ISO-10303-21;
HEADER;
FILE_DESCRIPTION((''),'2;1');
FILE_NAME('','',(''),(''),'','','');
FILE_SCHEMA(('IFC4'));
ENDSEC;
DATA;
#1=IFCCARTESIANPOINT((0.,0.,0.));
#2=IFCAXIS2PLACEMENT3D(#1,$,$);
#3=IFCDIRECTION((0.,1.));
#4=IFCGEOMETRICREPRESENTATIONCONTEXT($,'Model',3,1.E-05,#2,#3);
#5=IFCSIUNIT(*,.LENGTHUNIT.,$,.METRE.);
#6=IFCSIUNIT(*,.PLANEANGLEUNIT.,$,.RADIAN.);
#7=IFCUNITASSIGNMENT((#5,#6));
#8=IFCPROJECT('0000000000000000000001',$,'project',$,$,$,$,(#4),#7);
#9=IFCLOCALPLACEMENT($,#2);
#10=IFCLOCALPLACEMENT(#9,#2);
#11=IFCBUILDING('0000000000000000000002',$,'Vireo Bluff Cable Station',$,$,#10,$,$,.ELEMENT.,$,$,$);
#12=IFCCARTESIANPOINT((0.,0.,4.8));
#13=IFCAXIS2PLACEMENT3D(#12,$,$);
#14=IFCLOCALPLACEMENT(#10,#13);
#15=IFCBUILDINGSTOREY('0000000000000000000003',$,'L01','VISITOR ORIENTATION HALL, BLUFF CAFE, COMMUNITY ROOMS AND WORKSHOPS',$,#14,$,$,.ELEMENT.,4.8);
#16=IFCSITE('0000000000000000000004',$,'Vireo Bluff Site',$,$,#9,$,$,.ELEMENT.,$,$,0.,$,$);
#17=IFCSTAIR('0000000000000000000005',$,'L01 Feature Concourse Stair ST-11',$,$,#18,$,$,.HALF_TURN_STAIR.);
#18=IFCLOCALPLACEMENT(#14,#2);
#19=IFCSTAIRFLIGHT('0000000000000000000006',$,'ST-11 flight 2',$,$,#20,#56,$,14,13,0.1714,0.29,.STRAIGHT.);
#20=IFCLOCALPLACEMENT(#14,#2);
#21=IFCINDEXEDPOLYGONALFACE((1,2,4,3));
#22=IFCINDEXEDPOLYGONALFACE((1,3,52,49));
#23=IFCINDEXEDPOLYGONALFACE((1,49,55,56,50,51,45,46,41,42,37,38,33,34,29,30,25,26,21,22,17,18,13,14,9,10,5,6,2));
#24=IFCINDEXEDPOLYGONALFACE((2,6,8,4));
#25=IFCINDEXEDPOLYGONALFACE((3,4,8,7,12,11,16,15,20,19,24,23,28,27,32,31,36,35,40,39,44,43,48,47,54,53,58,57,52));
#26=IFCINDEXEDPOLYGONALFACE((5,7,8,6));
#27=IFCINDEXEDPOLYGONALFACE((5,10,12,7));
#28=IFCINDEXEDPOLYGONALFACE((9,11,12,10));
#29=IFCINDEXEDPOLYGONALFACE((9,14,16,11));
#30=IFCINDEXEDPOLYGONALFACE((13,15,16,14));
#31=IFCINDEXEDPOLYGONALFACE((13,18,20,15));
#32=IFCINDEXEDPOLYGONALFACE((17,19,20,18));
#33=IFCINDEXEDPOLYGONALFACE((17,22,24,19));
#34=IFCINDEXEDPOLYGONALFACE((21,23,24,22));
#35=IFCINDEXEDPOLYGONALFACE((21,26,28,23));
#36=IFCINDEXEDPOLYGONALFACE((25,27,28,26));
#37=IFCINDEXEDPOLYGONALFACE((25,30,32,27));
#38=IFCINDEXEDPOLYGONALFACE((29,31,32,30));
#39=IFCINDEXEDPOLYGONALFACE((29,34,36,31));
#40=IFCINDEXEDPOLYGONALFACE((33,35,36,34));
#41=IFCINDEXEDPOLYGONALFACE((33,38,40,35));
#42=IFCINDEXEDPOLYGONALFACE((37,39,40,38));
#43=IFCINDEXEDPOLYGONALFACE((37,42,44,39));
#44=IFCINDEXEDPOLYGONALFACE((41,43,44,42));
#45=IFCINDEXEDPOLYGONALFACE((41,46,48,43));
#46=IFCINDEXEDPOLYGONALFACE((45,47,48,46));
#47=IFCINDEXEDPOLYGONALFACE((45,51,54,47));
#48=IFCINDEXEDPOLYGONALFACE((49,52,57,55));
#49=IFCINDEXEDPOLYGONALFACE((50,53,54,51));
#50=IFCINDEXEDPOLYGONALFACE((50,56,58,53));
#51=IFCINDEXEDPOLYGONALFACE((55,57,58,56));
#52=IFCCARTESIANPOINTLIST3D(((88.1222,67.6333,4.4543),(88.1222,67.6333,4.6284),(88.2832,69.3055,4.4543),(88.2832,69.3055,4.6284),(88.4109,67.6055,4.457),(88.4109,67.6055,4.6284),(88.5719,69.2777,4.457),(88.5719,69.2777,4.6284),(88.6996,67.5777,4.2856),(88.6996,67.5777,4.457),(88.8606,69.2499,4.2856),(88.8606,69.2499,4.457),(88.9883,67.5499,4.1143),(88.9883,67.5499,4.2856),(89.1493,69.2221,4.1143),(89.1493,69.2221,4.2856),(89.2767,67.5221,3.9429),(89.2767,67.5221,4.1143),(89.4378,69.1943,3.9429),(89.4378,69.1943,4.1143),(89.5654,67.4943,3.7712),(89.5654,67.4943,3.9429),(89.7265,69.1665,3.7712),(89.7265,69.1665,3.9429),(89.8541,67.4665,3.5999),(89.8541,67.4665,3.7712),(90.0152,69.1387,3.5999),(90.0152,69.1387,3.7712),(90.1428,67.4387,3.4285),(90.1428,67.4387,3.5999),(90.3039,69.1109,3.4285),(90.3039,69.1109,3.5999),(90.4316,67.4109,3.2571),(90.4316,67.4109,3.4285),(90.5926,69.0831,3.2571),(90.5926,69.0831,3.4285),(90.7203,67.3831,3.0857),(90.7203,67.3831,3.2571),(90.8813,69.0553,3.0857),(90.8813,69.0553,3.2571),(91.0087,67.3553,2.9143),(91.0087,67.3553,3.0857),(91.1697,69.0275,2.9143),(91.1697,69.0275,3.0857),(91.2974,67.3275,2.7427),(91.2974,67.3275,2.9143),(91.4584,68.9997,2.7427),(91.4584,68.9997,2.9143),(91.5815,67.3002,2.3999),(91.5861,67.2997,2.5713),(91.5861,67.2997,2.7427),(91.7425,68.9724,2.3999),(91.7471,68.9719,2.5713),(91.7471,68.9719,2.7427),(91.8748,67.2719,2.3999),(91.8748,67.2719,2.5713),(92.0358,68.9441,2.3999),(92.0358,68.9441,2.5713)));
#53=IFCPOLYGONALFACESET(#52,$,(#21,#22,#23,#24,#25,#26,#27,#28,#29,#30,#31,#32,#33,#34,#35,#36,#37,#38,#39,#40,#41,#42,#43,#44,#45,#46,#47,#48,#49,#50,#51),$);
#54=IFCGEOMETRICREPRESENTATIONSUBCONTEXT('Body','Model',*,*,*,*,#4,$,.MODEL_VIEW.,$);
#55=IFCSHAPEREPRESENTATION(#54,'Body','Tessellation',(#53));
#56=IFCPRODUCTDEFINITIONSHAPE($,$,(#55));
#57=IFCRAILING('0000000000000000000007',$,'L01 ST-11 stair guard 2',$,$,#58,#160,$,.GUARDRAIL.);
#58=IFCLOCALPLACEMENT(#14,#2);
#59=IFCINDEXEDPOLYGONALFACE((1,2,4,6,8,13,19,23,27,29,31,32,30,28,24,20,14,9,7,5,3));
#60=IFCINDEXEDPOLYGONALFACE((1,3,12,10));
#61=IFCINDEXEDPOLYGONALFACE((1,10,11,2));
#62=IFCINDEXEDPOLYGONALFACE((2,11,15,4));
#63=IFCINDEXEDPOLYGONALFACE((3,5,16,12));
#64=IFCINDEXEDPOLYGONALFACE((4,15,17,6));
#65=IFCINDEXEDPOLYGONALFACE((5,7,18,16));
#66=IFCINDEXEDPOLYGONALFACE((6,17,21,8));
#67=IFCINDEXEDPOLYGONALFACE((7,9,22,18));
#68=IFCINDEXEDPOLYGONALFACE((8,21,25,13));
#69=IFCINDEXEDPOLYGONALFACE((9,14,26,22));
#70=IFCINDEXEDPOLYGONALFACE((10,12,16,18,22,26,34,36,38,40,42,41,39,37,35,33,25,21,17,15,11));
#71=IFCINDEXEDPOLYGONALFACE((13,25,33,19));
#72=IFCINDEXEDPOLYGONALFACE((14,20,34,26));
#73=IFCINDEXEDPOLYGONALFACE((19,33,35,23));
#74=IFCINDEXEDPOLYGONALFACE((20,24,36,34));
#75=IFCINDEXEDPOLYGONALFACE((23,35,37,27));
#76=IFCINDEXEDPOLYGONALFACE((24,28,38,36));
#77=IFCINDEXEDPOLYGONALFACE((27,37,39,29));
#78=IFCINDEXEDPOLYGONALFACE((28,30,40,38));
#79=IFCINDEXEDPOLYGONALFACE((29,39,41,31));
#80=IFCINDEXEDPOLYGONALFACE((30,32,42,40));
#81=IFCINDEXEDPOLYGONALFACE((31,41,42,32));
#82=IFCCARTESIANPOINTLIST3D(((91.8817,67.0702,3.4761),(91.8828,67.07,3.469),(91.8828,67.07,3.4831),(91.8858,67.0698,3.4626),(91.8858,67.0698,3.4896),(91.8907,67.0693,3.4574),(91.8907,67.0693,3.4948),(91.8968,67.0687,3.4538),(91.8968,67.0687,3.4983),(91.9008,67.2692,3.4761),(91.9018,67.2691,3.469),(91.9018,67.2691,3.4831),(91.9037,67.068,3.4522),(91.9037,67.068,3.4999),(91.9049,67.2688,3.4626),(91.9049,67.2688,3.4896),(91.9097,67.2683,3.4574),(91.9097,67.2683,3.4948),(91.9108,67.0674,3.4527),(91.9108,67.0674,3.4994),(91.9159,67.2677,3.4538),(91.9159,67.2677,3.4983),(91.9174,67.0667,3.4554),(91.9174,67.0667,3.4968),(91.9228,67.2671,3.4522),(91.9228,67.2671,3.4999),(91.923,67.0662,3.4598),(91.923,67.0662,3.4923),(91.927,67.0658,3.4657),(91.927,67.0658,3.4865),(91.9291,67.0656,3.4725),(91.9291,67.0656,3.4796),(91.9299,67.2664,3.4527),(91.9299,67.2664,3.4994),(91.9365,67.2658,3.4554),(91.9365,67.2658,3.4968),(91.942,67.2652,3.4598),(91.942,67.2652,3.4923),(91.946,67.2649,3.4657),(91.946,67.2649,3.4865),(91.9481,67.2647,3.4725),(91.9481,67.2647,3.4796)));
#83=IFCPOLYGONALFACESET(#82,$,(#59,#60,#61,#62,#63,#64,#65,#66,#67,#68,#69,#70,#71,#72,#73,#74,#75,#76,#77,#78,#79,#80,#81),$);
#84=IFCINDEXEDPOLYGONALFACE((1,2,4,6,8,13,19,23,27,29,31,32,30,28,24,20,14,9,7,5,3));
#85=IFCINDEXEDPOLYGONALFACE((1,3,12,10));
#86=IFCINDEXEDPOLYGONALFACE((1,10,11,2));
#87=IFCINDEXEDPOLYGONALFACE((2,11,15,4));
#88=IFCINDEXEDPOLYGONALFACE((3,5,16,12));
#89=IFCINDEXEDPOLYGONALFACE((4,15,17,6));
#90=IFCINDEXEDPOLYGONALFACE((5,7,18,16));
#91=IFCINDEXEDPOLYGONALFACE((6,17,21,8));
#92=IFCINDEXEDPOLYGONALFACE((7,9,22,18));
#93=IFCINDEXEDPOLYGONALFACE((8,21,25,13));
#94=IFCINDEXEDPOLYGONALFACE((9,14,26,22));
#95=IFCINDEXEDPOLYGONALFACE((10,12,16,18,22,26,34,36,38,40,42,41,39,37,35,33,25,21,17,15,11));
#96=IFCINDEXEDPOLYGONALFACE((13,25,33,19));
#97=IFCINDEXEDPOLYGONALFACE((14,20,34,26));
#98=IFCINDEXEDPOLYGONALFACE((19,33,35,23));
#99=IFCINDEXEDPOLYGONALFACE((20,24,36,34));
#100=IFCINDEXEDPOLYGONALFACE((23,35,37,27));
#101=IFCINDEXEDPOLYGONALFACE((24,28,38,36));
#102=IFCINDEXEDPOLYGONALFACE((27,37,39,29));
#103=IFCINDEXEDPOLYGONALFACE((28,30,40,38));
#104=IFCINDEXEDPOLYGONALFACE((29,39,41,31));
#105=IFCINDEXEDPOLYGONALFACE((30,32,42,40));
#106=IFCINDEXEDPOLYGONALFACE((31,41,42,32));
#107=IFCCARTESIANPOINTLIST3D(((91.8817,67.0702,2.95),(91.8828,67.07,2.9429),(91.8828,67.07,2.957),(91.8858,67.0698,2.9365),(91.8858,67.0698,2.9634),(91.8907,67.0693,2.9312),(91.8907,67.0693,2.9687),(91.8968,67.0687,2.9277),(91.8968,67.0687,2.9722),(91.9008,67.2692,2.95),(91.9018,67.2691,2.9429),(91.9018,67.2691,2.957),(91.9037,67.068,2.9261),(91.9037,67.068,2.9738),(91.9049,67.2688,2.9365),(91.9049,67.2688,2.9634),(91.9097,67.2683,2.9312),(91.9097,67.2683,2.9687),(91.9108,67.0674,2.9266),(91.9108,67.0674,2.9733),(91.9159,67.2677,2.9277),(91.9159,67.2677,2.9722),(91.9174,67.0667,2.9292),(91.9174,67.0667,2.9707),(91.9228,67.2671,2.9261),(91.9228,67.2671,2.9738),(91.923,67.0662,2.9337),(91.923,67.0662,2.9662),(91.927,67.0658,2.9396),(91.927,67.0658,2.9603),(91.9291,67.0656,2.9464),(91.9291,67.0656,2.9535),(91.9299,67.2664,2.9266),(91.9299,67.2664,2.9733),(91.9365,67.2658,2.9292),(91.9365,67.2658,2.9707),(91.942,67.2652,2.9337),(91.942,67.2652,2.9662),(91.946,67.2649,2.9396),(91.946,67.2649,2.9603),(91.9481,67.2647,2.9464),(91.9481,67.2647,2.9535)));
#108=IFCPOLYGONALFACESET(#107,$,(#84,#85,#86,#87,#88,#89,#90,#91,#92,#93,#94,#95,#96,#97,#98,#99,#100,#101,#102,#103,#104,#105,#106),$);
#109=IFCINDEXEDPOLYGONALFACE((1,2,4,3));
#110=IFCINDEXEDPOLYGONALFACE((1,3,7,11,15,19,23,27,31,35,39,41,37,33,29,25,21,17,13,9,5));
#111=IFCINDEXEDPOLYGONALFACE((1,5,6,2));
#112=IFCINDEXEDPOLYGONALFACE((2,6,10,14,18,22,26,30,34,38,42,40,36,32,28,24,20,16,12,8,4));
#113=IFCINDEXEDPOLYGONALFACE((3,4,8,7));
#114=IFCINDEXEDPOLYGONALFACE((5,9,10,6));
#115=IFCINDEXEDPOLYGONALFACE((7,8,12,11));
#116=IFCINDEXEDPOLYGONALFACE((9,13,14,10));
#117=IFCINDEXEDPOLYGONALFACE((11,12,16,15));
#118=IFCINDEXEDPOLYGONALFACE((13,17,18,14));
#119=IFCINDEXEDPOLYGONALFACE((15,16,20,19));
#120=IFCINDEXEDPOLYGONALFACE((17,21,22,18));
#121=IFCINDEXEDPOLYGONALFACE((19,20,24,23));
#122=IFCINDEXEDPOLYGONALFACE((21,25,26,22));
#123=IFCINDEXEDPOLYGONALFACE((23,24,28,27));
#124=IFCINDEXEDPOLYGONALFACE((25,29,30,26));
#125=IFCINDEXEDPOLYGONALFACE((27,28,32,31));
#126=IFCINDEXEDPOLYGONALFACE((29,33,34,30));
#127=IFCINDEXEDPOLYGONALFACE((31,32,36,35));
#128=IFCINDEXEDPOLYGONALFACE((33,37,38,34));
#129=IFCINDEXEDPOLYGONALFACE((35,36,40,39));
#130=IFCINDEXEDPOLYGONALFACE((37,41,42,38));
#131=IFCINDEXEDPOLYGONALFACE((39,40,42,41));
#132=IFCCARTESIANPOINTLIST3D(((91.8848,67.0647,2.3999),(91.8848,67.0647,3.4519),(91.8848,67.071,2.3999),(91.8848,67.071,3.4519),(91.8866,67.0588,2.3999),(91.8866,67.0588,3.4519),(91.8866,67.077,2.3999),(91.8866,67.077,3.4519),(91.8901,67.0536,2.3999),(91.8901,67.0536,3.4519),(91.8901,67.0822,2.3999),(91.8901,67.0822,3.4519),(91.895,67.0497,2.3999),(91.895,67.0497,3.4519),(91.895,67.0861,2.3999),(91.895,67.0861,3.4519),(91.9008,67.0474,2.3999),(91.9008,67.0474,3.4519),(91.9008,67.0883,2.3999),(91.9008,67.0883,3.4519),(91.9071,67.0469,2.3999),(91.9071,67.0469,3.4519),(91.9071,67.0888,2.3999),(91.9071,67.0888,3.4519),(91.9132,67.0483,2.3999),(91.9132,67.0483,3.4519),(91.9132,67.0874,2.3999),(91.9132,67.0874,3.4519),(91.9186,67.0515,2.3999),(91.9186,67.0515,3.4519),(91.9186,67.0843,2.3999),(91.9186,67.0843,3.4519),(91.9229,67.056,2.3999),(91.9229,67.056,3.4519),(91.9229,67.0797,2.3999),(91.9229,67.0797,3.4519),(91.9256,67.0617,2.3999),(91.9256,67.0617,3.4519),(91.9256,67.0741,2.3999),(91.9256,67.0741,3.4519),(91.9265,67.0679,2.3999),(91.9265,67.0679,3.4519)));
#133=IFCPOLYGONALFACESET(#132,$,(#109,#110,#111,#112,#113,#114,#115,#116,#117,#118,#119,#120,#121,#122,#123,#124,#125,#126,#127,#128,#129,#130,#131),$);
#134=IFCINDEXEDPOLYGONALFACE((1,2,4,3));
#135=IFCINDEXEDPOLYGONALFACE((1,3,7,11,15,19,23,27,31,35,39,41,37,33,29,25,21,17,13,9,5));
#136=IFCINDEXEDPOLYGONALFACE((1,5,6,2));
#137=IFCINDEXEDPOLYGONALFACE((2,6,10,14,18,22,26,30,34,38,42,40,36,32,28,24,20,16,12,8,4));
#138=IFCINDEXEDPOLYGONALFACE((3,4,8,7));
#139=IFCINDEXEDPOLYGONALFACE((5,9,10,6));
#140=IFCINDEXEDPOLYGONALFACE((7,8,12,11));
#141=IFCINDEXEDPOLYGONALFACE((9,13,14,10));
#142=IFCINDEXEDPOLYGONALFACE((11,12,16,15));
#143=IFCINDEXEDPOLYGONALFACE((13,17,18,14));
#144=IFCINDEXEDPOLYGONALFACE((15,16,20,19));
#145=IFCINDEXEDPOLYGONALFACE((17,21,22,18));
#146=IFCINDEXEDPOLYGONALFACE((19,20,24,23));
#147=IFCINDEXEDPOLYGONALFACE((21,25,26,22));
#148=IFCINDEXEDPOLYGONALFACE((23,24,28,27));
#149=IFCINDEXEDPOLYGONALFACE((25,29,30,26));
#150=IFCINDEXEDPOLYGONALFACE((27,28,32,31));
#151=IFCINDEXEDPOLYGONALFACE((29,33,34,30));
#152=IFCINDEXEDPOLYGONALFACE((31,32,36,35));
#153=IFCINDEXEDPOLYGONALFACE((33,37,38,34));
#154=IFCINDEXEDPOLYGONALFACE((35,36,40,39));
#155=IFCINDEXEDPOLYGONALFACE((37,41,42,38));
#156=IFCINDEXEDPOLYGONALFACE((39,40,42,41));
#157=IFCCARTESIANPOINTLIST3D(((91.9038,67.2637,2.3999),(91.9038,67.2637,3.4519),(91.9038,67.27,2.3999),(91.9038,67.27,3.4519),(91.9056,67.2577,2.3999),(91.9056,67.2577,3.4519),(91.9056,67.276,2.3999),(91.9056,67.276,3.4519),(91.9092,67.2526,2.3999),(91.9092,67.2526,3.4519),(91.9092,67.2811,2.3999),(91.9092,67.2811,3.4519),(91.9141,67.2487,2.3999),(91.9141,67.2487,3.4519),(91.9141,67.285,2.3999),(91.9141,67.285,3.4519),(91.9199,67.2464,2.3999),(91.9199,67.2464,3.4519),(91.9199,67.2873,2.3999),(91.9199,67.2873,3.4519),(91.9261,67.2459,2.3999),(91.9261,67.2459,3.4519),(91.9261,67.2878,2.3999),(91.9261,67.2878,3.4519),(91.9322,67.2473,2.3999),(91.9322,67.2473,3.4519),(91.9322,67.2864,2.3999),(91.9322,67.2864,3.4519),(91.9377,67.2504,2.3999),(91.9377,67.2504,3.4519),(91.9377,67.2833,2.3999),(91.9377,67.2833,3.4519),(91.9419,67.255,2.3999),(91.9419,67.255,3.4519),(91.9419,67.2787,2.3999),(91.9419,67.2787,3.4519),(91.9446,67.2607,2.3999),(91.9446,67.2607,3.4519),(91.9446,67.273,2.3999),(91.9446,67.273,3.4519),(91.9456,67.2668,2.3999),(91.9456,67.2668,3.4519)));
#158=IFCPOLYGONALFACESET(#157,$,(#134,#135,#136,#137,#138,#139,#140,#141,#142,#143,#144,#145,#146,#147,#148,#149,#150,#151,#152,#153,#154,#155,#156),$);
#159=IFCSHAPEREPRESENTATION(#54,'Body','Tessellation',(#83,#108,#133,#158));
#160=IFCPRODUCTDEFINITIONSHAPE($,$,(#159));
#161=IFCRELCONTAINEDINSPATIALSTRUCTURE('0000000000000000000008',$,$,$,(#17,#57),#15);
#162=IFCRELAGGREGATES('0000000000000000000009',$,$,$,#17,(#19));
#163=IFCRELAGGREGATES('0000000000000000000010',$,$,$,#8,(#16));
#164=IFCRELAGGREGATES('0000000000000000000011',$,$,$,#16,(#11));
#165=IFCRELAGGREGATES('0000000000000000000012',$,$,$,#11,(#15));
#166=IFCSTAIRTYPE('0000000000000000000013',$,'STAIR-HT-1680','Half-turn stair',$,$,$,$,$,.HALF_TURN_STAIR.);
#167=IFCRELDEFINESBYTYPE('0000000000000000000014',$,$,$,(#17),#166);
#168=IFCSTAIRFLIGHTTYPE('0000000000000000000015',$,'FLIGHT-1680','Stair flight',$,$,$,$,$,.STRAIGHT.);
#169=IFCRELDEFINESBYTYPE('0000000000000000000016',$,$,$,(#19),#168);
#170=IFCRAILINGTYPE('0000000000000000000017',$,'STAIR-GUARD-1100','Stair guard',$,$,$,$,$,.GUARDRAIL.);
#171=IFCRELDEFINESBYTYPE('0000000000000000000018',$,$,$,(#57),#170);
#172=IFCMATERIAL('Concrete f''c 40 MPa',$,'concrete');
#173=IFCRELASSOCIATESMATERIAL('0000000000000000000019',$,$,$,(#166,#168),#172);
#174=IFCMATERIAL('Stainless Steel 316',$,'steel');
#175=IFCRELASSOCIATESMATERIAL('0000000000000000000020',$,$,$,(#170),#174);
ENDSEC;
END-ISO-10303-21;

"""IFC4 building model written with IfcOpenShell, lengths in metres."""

from ifc_helpers import new_model, si_unit, direction, frame, origin, origin_2d, place, context, subcontext, project, spatial, polyline, circle, outline, extrude, material, type_object, element, aggregate, save


model = new_model("IFC4")

# Units and contexts
model_context = context("Model", 3, precision=1e-05, world=origin(), true_north=direction((0.0, 1.0)))
body_context = subcontext(model_context, "Body", "Model", "MODEL_VIEW")
ifc_project = project(units=[si_unit("LENGTHUNIT", "METRE"), si_unit("PLANEANGLEUNIT", "RADIAN")], contexts=[model_context])

# Site, building, storey
site_placement = place(None, origin())
site = spatial("IfcSite", under=ifc_project, at=site_placement, Name="Vireo Bluff Site", CompositionType="ELEMENT", RefElevation=0.0)
building_placement = place(site_placement, origin())
building = spatial("IfcBuilding", under=site, at=building_placement, Name="Vireo Bluff Cable Station", CompositionType="ELEMENT")
storey_placement = place(building_placement, frame((0.0, 0.0, 4.8)))
storey = spatial("IfcBuildingStorey", under=building, at=storey_placement, Name="L01", Description="VISITOR ORIENTATION HALL, BLUFF CAFE, COMMUNITY ROOMS AND WORKSHOPS", CompositionType="ELEMENT", Elevation=4.8)

# Stair, stair flight
ifc_material_1 = material(Name="Concrete f'c 40 MPa", Category="concrete")
stair_type = type_object("IfcStairType", Name="STAIR-HT-1680", Description="Half-turn stair", PredefinedType="HALF_TURN_STAIR", material=ifc_material_1)
stair_placement = place(storey_placement, origin())
stair = element("IfcStair", 1, at=stair_placement, inside=storey, type_object=stair_type, Name="L01 Feature Concourse Stair ST-11", PredefinedType="HALF_TURN_STAIR")
stair_flight_type = type_object("IfcStairFlightType", Name="FLIGHT-1680", Description="Stair flight", PredefinedType="STRAIGHT", material=ifc_material_1)
stair_flight_placement = place(storey_placement, frame((91.9553, 68.1079, 2.3999), z_axis=(0.0, 0.0, 1.0), x_axis=(-0.995396, 0.095846, 0.0)))
stair_flight = element("IfcStairFlight", 2, at=stair_flight_placement, type_object=stair_flight_type, Name="ST-11 flight 2", NumberOfRisers=14, NumberOfTreads=13, PredefinedType="STRAIGHT", RiserHeight=0.1714, TreadLength=0.29, context=body_context, shape_type="SweptSolid", body=[
    extrude(outline(polyline([(0.0, 0.0), (0.0, 0.1714), (0.29, 0.1714), (0.29, 0.3428), (0.5801, 0.3428), (0.5801, 0.5144), (0.8701, 0.5144), (0.8701, 0.6858), (1.1599, 0.6858), (1.1599, 0.8572), (1.45, 0.8572), (1.45, 1.0286), (1.74, 1.0286), (1.74, 1.2), (2.03, 1.2), (2.03, 1.3713), (2.3201, 1.3713), (2.3201, 1.543), (2.6101, 1.543), (2.6101, 1.7144), (2.8999, 1.7144), (2.8999, 1.8857), (3.1899, 1.8857), (3.1899, 2.0571), (3.48, 2.0571), (3.48, 2.2285), (3.77, 2.2285), (3.77, 2.3999), (3.77, 2.0544), (0.2947, 0.0), (0.0, 0.0)])), frame((0.0, 0.8398, 0.0), z_axis=(0.0, -1.0, 0.0), x_axis=(1.0, 0.0, 0.0)), (0.0, 0.0, 1.0), 1.6799),
])
aggregate(stair, [stair_flight])

# Railing
ifc_material_2 = material(Name="Stainless Steel 316", Category="steel")
railing_type_1 = type_object("IfcRailingType", Name="STAIR-GUARD-1100", Description="Stair guard", PredefinedType="GUARDRAIL", material=ifc_material_2)
railing_1_placement = place(storey_placement, frame((91.9055, 67.0679, 2.3999)))
element("IfcRailing", 3, at=railing_1_placement, inside=storey, type_object=railing_type_1, Name="L01 ST-11 stair guard 2", PredefinedType="GUARDRAIL", context=body_context, shape_type="SweptSolid", body=[
    extrude(circle(Radius=0.0239, at=origin_2d()), frame((0.0, 0.0, 1.0762), z_axis=(0.09527, 0.995451, 0.0), x_axis=(-0.995451, 0.09527, 0.0)), (0.0, 0.0, 1.0), 0.2),
    extrude(circle(Radius=0.0239, at=origin_2d()), frame((0.0, 0.0, 0.55), z_axis=(0.09527, 0.995451, 0.0), x_axis=(-0.995451, 0.09527, 0.0)), (0.0, 0.0, 1.0), 0.2),
    extrude(circle(Radius=0.021, at=origin_2d()), origin(), (0.0, 0.0, 1.0), 1.052),
    extrude(circle(Radius=0.021, at=origin_2d()), frame((0.019, 0.199, 0.0)), (0.0, 0.0, 1.0), 1.052),
])

save(model, "model.ifc")
